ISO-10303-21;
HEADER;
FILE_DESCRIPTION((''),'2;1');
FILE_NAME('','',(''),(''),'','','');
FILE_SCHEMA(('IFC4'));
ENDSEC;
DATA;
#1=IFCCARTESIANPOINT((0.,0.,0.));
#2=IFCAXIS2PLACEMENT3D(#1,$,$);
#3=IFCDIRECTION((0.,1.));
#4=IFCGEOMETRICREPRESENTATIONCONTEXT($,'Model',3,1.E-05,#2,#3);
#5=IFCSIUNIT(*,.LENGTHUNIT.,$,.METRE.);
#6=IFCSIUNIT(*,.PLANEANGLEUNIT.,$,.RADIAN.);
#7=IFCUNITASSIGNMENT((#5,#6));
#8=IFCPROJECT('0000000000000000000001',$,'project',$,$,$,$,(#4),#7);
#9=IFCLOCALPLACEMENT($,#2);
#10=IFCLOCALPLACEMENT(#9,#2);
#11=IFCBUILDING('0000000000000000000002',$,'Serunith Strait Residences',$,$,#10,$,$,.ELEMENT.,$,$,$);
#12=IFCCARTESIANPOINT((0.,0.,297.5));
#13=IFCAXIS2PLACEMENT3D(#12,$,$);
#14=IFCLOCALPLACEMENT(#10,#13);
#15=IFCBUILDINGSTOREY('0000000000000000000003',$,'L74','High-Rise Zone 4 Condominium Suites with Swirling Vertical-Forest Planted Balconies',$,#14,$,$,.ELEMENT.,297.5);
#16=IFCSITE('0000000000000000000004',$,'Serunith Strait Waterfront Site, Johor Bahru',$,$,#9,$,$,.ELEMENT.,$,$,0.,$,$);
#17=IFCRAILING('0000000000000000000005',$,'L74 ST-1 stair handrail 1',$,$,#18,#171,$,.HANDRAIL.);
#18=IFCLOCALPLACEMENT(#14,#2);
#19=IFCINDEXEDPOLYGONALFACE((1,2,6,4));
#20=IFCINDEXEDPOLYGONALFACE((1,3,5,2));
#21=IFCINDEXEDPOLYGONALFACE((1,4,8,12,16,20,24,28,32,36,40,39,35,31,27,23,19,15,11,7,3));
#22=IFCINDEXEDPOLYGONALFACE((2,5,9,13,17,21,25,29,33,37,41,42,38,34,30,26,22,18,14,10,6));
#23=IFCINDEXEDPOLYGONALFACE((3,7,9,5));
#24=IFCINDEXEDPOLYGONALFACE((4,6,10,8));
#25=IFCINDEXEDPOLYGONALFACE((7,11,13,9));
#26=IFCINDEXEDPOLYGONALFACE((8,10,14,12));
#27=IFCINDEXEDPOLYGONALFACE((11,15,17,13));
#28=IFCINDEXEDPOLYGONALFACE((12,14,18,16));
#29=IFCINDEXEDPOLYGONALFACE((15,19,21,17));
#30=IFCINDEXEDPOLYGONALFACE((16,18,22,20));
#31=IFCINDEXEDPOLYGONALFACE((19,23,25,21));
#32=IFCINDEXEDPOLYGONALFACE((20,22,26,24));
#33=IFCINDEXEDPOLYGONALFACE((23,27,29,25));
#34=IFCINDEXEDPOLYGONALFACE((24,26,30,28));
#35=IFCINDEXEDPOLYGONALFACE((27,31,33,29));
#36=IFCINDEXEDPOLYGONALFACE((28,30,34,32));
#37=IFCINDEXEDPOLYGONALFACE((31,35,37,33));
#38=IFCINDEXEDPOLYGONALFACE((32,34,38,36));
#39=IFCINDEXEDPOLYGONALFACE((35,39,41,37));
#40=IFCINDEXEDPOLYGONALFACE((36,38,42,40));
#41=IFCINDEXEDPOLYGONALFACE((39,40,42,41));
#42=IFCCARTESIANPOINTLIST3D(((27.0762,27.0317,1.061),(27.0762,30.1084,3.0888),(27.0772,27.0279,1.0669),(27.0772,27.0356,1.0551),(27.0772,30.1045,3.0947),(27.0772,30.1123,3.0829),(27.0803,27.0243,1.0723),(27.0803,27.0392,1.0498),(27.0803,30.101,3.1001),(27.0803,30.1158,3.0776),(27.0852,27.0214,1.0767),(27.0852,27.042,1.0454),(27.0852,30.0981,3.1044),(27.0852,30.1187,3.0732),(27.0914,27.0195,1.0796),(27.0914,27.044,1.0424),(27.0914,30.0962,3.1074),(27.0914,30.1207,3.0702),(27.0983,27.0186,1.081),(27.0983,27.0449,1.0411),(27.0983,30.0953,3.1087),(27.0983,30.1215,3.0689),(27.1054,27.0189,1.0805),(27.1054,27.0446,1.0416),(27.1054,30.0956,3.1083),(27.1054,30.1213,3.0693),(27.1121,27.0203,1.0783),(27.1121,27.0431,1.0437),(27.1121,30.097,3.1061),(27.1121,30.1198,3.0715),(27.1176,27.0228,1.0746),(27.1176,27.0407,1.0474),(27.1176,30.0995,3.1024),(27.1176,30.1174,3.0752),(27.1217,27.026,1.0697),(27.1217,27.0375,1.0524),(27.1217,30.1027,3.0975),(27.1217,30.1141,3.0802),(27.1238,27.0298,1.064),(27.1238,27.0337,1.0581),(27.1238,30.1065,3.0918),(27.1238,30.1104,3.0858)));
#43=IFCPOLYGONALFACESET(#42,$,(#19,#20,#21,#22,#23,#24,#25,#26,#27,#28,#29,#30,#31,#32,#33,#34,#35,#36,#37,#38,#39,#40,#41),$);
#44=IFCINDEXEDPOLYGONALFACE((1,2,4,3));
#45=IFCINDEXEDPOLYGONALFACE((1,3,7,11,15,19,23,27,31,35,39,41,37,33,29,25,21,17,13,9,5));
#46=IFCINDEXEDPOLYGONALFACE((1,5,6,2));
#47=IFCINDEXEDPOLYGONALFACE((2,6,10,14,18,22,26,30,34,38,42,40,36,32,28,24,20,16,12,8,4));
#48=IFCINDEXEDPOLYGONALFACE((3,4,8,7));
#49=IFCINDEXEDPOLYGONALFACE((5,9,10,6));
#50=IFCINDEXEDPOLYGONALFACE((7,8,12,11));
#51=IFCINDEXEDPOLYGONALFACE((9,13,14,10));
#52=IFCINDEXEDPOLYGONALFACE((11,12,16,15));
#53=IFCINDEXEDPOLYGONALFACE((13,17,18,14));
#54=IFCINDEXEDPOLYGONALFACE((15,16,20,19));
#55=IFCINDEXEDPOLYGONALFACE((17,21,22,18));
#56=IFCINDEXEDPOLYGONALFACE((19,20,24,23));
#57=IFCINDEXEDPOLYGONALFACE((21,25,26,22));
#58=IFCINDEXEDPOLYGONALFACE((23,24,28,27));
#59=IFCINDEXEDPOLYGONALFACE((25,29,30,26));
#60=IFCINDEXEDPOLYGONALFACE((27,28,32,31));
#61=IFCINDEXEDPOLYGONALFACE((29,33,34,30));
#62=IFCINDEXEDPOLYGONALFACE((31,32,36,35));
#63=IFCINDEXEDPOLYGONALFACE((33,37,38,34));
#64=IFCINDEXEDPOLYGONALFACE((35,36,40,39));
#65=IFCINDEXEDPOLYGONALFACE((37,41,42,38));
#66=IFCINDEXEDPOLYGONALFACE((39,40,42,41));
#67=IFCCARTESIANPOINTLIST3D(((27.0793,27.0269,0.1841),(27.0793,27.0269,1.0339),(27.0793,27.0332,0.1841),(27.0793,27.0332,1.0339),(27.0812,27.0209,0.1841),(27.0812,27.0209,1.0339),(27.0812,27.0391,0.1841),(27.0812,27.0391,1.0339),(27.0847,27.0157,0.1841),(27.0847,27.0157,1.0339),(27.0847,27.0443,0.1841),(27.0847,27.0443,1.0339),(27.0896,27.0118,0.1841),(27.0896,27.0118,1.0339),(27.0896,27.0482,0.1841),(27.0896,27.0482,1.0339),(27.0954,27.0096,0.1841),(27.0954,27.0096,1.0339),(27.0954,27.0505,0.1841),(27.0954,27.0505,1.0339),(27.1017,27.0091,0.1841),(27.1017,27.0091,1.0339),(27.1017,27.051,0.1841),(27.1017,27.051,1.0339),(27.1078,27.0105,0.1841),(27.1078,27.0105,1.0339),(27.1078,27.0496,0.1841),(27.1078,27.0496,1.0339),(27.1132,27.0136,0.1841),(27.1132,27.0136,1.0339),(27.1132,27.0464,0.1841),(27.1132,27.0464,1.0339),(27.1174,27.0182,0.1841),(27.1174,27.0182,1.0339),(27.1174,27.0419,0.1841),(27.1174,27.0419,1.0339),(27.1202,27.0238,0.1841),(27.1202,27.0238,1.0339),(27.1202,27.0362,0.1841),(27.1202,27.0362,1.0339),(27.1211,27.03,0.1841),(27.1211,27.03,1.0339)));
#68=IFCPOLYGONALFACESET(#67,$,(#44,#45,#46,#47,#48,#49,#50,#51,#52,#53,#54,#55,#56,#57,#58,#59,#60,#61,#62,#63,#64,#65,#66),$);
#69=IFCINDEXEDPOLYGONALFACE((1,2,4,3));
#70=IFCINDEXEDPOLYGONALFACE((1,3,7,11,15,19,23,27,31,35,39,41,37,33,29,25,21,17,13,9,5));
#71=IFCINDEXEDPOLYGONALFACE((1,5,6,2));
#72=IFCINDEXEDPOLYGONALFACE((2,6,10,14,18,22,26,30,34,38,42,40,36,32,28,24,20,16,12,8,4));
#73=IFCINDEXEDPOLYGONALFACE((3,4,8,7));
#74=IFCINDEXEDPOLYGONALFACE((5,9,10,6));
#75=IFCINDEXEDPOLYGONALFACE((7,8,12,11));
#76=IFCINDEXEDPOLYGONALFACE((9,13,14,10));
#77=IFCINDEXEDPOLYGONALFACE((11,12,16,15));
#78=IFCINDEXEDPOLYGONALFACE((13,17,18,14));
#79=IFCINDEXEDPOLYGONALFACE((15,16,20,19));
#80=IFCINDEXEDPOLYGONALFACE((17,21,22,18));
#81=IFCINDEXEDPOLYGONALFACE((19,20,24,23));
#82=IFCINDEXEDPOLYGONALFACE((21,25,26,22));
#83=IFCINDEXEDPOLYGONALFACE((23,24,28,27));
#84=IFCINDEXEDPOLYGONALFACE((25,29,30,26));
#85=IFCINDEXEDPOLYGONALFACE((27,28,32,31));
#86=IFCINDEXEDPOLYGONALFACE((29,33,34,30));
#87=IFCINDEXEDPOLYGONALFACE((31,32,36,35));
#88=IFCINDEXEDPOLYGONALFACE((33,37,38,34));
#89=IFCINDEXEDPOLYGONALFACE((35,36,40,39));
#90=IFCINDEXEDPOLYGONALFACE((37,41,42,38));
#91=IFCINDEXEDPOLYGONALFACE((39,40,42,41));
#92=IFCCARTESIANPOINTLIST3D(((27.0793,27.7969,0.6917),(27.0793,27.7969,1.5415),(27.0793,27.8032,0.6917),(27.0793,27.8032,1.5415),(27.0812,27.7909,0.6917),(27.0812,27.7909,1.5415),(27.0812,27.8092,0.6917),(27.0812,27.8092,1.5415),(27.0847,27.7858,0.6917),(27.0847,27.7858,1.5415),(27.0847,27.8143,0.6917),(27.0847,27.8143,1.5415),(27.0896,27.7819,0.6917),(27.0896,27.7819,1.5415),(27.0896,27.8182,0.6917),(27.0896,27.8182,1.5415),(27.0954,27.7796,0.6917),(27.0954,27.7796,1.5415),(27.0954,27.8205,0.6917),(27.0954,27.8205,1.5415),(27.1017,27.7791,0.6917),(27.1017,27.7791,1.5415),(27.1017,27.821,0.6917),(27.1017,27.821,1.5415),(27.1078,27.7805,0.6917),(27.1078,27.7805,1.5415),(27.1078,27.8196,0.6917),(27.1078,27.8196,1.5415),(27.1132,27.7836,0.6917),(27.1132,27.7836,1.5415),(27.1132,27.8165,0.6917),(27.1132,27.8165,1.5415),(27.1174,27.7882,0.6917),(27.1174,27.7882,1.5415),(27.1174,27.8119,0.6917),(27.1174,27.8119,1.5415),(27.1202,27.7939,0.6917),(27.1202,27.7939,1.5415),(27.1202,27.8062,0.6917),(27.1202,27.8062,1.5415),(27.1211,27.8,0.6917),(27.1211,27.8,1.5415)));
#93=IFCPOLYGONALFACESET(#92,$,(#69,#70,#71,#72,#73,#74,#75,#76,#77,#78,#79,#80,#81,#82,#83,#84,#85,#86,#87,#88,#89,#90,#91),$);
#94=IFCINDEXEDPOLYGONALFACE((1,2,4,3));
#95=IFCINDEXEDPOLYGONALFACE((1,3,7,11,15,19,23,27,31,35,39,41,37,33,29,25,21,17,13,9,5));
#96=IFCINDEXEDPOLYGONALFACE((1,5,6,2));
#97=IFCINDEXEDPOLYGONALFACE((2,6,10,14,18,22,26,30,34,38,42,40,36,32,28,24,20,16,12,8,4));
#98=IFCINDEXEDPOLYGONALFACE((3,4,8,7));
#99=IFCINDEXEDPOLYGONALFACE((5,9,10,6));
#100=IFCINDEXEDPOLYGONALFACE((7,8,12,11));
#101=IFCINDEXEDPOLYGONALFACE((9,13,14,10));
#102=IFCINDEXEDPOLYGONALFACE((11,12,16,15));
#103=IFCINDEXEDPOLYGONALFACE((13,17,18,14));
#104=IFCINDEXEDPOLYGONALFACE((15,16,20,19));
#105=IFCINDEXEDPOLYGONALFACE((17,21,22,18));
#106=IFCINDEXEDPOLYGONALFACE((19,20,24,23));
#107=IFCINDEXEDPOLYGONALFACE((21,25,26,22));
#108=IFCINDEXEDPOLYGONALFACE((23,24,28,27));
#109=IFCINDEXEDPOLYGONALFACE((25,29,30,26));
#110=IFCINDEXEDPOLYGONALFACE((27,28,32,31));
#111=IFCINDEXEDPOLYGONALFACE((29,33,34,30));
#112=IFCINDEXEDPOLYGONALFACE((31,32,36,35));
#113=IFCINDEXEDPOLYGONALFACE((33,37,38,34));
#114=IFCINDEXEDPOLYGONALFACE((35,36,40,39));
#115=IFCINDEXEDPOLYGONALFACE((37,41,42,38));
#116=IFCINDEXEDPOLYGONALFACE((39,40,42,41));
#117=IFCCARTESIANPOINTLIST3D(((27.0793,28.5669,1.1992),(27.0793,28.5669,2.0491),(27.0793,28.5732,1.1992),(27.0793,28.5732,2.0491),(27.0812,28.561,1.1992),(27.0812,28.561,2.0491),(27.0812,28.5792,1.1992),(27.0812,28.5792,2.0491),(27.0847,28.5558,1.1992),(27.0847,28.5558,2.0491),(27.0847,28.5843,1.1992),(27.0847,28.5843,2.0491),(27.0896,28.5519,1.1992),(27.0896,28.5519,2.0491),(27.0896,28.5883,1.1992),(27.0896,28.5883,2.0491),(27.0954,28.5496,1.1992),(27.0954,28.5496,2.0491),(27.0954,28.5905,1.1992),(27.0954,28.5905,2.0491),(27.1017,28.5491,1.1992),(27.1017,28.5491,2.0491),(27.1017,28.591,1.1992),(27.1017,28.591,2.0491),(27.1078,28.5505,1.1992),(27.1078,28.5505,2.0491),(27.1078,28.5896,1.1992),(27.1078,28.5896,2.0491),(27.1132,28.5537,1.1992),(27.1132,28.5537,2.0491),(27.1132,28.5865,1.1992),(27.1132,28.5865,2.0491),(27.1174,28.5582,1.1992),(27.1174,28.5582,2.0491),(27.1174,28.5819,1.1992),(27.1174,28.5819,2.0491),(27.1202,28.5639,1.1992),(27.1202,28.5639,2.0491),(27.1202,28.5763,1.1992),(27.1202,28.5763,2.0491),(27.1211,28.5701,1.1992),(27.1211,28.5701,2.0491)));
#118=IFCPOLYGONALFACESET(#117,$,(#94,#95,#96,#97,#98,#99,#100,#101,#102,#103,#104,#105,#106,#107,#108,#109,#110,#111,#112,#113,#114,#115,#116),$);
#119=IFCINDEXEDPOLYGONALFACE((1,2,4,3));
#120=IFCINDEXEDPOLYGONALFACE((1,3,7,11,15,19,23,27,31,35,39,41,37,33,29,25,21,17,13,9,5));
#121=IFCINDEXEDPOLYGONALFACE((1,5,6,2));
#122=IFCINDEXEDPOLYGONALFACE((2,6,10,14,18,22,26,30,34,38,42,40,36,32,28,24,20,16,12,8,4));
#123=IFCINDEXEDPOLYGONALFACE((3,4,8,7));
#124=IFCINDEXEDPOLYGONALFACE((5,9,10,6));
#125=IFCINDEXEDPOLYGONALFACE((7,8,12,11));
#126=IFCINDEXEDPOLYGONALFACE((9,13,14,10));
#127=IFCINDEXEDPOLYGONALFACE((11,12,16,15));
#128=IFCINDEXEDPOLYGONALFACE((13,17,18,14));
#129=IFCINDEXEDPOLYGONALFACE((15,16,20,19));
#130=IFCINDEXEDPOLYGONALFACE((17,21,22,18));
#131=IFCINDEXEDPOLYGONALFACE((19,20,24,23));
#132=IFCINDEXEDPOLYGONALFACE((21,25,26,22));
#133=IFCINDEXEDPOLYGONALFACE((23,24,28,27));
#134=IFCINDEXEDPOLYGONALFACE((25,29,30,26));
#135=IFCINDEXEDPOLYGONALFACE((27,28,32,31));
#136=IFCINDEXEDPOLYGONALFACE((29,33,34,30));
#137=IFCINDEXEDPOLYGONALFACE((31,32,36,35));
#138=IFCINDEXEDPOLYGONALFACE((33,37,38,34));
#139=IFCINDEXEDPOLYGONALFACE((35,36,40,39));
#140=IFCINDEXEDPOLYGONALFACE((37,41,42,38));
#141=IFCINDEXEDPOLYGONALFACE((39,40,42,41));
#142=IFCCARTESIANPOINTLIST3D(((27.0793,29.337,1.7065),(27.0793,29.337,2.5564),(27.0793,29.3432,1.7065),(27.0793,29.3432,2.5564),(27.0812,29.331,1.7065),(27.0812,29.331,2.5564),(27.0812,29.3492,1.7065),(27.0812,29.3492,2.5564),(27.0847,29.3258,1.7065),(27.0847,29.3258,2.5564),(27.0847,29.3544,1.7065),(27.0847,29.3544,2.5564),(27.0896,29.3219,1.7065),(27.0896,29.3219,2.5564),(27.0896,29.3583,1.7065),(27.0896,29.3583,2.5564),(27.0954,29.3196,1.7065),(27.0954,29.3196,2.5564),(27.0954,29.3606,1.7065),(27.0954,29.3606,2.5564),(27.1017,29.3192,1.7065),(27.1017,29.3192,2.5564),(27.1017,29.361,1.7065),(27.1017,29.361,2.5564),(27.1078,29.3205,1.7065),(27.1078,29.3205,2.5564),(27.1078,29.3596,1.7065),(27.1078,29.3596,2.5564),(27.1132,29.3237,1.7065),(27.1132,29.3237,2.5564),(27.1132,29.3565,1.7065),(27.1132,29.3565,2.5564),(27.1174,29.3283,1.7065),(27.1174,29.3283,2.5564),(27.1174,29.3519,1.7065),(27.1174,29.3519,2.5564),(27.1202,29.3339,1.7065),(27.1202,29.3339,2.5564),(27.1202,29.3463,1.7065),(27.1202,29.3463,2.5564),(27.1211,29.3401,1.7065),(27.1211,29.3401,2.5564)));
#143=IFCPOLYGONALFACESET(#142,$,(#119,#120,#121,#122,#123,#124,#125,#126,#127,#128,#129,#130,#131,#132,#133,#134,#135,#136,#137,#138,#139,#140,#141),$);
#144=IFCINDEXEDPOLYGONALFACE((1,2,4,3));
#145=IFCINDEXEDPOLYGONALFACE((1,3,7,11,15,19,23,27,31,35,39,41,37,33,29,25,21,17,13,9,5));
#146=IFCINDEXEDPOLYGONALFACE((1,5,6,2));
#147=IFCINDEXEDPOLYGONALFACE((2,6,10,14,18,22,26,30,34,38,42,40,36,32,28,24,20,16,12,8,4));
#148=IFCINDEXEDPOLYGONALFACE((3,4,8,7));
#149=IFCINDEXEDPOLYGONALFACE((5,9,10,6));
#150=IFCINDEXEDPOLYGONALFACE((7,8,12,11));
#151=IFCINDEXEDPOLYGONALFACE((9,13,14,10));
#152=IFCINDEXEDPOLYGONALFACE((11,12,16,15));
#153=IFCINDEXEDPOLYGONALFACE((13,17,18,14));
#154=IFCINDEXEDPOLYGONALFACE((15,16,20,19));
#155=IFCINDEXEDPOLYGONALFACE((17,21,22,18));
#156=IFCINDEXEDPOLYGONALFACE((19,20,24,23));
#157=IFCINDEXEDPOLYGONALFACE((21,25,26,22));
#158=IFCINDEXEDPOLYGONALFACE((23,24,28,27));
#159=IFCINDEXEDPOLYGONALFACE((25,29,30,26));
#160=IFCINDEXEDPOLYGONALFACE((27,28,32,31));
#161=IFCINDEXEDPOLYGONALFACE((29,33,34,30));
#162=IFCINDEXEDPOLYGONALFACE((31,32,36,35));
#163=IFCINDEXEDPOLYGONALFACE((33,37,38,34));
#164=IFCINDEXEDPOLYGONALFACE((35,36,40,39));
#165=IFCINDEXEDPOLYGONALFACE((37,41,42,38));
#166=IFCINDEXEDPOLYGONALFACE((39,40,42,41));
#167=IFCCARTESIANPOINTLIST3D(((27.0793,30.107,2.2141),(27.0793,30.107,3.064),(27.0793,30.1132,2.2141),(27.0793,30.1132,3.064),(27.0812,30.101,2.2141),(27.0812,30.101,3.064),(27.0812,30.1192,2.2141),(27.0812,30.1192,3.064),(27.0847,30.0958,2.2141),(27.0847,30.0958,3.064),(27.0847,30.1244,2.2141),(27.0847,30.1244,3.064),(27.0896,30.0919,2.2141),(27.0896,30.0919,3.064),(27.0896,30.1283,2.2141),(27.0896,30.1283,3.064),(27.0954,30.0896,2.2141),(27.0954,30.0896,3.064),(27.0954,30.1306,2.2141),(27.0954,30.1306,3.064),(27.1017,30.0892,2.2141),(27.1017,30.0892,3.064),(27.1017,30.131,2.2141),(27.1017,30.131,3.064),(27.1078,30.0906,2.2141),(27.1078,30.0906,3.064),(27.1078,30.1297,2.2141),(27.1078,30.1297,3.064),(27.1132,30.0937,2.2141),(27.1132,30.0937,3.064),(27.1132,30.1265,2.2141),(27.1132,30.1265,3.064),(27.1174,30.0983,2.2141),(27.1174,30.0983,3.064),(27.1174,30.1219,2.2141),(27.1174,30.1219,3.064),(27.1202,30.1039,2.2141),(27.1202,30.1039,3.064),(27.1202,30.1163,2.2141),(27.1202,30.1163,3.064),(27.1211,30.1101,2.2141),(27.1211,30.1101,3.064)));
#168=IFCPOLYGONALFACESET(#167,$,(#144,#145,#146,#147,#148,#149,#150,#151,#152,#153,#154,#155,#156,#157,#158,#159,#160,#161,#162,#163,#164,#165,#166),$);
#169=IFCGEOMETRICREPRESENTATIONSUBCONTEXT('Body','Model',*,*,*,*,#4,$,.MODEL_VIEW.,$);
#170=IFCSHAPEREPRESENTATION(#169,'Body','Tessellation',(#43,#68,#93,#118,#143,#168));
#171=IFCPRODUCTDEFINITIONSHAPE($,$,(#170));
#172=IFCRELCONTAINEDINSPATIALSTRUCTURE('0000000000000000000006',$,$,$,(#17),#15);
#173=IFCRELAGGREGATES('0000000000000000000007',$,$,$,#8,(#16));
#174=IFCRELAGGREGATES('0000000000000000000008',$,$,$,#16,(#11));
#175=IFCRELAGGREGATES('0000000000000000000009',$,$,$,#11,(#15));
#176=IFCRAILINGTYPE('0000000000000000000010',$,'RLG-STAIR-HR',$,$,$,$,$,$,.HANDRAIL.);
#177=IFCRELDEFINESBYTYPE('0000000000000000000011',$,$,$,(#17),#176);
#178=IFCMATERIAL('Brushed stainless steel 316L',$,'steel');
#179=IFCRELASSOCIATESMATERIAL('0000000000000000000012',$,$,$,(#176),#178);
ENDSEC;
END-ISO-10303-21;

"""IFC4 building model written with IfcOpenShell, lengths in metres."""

from ifc_helpers import new_model, si_unit, direction, frame, origin, origin_2d, place, context, subcontext, project, spatial, circle, extrude, material, type_object, element, save


model = new_model("IFC4")

# Units and contexts
model_context = context("Model", 3, precision=1e-05, world=origin(), true_north=direction((0.0, 1.0)))
body_context = subcontext(model_context, "Body", "Model", "MODEL_VIEW")
ifc_project = project(units=[si_unit("LENGTHUNIT", "METRE"), si_unit("PLANEANGLEUNIT", "RADIAN")], contexts=[model_context])

# Site, building, storey
site_placement = place(None, origin())
site = spatial("IfcSite", under=ifc_project, at=site_placement, Name="Serunith Strait Waterfront Site, Johor Bahru", CompositionType="ELEMENT", RefElevation=0.0)
building_placement = place(site_placement, origin())
building = spatial("IfcBuilding", under=site, at=building_placement, Name="Serunith Strait Residences", CompositionType="ELEMENT")
storey_placement = place(building_placement, frame((0.0, 0.0, 297.5)))
storey = spatial("IfcBuildingStorey", under=building, at=storey_placement, Name="L74", Description="High-Rise Zone 4 Condominium Suites with Swirling Vertical-Forest Planted Balconies", CompositionType="ELEMENT", Elevation=297.5)

# Railing
ifc_material_1 = material(Name="Brushed stainless steel 316L", Category="steel")
railing_type_1 = type_object("IfcRailingType", Name="RLG-STAIR-HR", PredefinedType="HANDRAIL", material=ifc_material_1)
railing_1_placement = place(storey_placement, frame((27.1001, 27.03, 0.1841)))
element("IfcRailing", 1, at=railing_1_placement, inside=storey, type_object=railing_type_1, Name="L74 ST-1 stair handrail 1", PredefinedType="HANDRAIL", context=body_context, shape_type="SweptSolid", body=[
    extrude(circle(Radius=0.0239, at=origin_2d()), frame((0.0, 0.0017, 0.877), z_axis=(0.0, 0.834961, 0.550309), x_axis=(-1.0, 0.0, 0.0)), (0.0, 0.0, 1.0), 3.6848),
    extrude(circle(Radius=0.021, at=origin_2d()), origin(), (0.0, 0.0, 1.0), 0.8499),
    extrude(circle(Radius=0.021, at=origin_2d()), frame((0.0, 0.77, 0.5076)), (0.0, 0.0, 1.0), 0.8499),
    extrude(circle(Radius=0.021, at=origin_2d()), frame((0.0, 1.54, 1.0151)), (0.0, 0.0, 1.0), 0.8499),
    extrude(circle(Radius=0.021, at=origin_2d()), frame((0.0, 2.3101, 1.5225)), (0.0, 0.0, 1.0), 0.8499),
    extrude(circle(Radius=0.021, at=origin_2d()), frame((0.0, 3.0801, 2.03)), (0.0, 0.0, 1.0), 0.8499),
])

save(model, "model.ifc")
